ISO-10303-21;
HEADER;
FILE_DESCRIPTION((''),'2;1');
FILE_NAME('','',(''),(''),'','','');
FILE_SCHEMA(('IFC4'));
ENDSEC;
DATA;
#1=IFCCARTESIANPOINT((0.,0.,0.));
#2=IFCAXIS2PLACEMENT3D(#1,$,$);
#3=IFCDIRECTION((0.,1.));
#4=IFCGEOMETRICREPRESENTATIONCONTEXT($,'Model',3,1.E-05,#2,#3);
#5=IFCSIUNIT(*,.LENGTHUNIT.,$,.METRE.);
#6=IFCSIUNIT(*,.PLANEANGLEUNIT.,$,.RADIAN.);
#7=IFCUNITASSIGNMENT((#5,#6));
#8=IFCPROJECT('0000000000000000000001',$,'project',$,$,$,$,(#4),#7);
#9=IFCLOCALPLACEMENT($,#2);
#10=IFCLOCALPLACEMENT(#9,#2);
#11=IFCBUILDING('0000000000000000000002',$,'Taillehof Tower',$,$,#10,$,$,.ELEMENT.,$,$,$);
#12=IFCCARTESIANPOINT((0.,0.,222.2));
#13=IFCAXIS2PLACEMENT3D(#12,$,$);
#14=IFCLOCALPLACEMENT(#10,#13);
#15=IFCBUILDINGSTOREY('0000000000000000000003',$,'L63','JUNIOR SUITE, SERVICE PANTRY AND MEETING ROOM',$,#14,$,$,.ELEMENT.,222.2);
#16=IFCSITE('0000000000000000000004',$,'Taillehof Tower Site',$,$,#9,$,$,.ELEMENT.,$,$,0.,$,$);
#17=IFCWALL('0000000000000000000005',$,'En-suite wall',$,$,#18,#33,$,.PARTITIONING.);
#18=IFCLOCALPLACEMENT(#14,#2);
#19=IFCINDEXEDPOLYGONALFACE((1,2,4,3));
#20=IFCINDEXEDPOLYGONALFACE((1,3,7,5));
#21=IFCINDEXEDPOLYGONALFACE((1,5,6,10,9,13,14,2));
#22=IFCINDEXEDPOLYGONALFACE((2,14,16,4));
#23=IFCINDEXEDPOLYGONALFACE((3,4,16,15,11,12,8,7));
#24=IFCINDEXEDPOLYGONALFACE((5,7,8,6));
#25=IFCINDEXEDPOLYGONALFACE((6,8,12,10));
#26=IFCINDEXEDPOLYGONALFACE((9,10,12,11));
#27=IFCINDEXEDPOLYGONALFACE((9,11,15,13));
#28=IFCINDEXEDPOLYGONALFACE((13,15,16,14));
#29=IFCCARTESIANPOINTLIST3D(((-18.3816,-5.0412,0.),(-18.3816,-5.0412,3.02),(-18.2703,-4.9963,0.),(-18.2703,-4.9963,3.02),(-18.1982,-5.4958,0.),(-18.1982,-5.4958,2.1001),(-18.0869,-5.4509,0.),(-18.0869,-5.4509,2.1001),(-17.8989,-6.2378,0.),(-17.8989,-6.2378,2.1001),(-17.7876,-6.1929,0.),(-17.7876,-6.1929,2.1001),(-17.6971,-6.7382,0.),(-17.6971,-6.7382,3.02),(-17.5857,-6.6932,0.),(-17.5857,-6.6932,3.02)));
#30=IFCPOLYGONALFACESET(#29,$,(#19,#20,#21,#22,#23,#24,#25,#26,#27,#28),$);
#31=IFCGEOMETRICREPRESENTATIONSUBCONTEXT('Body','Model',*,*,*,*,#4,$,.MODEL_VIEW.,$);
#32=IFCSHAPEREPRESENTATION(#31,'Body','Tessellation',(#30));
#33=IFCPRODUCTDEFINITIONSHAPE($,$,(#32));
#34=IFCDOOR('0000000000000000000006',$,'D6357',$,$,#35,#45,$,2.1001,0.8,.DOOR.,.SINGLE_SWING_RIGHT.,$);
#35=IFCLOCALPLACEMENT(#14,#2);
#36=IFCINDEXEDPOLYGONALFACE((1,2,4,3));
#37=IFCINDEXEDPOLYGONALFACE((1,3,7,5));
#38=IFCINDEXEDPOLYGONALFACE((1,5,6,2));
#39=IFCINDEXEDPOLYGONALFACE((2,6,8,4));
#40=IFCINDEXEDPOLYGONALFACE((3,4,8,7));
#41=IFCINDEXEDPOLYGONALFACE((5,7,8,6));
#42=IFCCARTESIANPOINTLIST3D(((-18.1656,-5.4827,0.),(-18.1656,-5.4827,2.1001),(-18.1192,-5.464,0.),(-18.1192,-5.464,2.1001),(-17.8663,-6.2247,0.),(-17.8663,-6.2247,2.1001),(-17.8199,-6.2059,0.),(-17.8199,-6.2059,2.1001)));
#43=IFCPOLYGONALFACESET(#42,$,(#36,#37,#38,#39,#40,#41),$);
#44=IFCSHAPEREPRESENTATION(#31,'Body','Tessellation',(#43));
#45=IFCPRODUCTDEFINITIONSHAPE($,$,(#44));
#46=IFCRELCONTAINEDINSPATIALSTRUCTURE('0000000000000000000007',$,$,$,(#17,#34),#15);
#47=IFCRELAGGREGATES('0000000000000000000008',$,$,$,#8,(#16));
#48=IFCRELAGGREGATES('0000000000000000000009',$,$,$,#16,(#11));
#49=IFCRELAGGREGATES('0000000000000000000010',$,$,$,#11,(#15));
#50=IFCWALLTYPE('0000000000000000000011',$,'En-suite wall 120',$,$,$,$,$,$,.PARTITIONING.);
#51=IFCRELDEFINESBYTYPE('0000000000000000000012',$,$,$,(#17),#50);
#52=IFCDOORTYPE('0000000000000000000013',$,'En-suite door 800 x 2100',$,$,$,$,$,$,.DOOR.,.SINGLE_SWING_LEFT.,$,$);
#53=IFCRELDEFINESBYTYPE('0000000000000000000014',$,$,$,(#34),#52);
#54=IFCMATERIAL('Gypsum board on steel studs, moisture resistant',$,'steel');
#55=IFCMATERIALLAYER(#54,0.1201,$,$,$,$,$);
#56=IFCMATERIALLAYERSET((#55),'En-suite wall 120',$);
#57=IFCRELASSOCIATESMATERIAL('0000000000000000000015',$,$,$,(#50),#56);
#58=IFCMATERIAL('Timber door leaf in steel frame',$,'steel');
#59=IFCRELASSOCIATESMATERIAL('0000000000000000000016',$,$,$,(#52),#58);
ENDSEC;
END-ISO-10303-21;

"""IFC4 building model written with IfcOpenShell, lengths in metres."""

from ifc_helpers import new_model, si_unit, direction, frame, frame_2d, origin, place, context, subcontext, project, spatial, rectangle, extrude, material, layer, layer_set, type_object, element, fill, save


model = new_model("IFC4")

# Units and contexts
model_context = context("Model", 3, precision=1e-05, world=origin(), true_north=direction((0.0, 1.0)))
body_context = subcontext(model_context, "Body", "Model", "MODEL_VIEW")
ifc_project = project(units=[si_unit("LENGTHUNIT", "METRE"), si_unit("PLANEANGLEUNIT", "RADIAN")], contexts=[model_context])

# Site, building, storey
site_placement = place(None, origin())
site = spatial("IfcSite", under=ifc_project, at=site_placement, Name="Taillehof Tower Site", CompositionType="ELEMENT", RefElevation=0.0)
building_placement = place(site_placement, origin())
building = spatial("IfcBuilding", under=site, at=building_placement, Name="Taillehof Tower", CompositionType="ELEMENT")
storey_placement = place(building_placement, frame((0.0, 0.0, 222.2)))
storey = spatial("IfcBuildingStorey", under=building, at=storey_placement, Name="L63", Description="JUNIOR SUITE, SERVICE PANTRY AND MEETING ROOM", CompositionType="ELEMENT", Elevation=222.2)

# Shared definitions
ifc_material_1 = material(Name="Gypsum board on steel studs, moisture resistant", Category="steel")
ifc_layer_1 = layer(ifc_material_1, 0.1201)
ifc_layer_set_1 = layer_set([ifc_layer_1], Name="En-suite wall 120")
wall_type_1 = type_object("IfcWallType", Name="En-suite wall 120", PredefinedType="PARTITIONING", material=ifc_layer_set_1)

# Wall, opening, door
ifc_material_2 = material(Name="Timber door leaf in steel frame", Category="steel")
door_type_1 = type_object("IfcDoorType", Name="En-suite door 800 x 2100", OperationType="SINGLE_SWING_LEFT", PredefinedType="DOOR", material=ifc_material_2)
wall_1_placement = place(storey_placement, frame((-17.6414, -6.7158, 0.0), z_axis=(0.0, 0.0, 1.0), x_axis=(-0.374103, 0.927387, 0.0)))
wall_1 = element("IfcWall", 1, at=wall_1_placement, inside=storey, type_object=wall_type_1, Name="En-suite wall", PredefinedType="PARTITIONING", context=body_context, shape_type="SweptSolid", body=[
    extrude(rectangle(XDim=1.8298, YDim=0.1201, at=frame_2d((0.915, 0.0))), origin(), (0.0, 0.0, 1.0), 3.02),
])
opening_1_placement = place(wall_1_placement, frame((0.5398, 0.0, 0.0)))
opening_1 = element("IfcOpeningElement", 2, at=opening_1_placement, cuts=wall_1, PredefinedType="OPENING", context=body_context, shape_type="SweptSolid", body=[
    extrude(rectangle(XDim=0.8, YDim=2.1001, at=frame_2d((0.3999, 1.05))), frame((0.0, 0.0701, 0.0), z_axis=(0.0, -1.0, 0.0), x_axis=(1.0, 0.0, 0.0)), (0.0, 0.0, 1.0), 0.1401),
])
door_1_placement = place(opening_1_placement, origin())
door_1 = element("IfcDoor", 3, at=door_1_placement, inside=storey, type_object=door_type_1, Name="D6357", OperationType="SINGLE_SWING_RIGHT", OverallHeight=2.1001, OverallWidth=0.8, PredefinedType="DOOR", context=body_context, shape_type="SweptSolid", body=[
    extrude(rectangle(XDim=0.8, YDim=2.1001, at=frame_2d((0.3999, 1.05))), frame((0.0, 0.0249, 0.0), z_axis=(0.0, -1.0, 0.0), x_axis=(1.0, 0.0, 0.0)), (0.0, 0.0, 1.0), 0.05),
])
fill(opening_1, door_1)

save(model, "model.ifc")
